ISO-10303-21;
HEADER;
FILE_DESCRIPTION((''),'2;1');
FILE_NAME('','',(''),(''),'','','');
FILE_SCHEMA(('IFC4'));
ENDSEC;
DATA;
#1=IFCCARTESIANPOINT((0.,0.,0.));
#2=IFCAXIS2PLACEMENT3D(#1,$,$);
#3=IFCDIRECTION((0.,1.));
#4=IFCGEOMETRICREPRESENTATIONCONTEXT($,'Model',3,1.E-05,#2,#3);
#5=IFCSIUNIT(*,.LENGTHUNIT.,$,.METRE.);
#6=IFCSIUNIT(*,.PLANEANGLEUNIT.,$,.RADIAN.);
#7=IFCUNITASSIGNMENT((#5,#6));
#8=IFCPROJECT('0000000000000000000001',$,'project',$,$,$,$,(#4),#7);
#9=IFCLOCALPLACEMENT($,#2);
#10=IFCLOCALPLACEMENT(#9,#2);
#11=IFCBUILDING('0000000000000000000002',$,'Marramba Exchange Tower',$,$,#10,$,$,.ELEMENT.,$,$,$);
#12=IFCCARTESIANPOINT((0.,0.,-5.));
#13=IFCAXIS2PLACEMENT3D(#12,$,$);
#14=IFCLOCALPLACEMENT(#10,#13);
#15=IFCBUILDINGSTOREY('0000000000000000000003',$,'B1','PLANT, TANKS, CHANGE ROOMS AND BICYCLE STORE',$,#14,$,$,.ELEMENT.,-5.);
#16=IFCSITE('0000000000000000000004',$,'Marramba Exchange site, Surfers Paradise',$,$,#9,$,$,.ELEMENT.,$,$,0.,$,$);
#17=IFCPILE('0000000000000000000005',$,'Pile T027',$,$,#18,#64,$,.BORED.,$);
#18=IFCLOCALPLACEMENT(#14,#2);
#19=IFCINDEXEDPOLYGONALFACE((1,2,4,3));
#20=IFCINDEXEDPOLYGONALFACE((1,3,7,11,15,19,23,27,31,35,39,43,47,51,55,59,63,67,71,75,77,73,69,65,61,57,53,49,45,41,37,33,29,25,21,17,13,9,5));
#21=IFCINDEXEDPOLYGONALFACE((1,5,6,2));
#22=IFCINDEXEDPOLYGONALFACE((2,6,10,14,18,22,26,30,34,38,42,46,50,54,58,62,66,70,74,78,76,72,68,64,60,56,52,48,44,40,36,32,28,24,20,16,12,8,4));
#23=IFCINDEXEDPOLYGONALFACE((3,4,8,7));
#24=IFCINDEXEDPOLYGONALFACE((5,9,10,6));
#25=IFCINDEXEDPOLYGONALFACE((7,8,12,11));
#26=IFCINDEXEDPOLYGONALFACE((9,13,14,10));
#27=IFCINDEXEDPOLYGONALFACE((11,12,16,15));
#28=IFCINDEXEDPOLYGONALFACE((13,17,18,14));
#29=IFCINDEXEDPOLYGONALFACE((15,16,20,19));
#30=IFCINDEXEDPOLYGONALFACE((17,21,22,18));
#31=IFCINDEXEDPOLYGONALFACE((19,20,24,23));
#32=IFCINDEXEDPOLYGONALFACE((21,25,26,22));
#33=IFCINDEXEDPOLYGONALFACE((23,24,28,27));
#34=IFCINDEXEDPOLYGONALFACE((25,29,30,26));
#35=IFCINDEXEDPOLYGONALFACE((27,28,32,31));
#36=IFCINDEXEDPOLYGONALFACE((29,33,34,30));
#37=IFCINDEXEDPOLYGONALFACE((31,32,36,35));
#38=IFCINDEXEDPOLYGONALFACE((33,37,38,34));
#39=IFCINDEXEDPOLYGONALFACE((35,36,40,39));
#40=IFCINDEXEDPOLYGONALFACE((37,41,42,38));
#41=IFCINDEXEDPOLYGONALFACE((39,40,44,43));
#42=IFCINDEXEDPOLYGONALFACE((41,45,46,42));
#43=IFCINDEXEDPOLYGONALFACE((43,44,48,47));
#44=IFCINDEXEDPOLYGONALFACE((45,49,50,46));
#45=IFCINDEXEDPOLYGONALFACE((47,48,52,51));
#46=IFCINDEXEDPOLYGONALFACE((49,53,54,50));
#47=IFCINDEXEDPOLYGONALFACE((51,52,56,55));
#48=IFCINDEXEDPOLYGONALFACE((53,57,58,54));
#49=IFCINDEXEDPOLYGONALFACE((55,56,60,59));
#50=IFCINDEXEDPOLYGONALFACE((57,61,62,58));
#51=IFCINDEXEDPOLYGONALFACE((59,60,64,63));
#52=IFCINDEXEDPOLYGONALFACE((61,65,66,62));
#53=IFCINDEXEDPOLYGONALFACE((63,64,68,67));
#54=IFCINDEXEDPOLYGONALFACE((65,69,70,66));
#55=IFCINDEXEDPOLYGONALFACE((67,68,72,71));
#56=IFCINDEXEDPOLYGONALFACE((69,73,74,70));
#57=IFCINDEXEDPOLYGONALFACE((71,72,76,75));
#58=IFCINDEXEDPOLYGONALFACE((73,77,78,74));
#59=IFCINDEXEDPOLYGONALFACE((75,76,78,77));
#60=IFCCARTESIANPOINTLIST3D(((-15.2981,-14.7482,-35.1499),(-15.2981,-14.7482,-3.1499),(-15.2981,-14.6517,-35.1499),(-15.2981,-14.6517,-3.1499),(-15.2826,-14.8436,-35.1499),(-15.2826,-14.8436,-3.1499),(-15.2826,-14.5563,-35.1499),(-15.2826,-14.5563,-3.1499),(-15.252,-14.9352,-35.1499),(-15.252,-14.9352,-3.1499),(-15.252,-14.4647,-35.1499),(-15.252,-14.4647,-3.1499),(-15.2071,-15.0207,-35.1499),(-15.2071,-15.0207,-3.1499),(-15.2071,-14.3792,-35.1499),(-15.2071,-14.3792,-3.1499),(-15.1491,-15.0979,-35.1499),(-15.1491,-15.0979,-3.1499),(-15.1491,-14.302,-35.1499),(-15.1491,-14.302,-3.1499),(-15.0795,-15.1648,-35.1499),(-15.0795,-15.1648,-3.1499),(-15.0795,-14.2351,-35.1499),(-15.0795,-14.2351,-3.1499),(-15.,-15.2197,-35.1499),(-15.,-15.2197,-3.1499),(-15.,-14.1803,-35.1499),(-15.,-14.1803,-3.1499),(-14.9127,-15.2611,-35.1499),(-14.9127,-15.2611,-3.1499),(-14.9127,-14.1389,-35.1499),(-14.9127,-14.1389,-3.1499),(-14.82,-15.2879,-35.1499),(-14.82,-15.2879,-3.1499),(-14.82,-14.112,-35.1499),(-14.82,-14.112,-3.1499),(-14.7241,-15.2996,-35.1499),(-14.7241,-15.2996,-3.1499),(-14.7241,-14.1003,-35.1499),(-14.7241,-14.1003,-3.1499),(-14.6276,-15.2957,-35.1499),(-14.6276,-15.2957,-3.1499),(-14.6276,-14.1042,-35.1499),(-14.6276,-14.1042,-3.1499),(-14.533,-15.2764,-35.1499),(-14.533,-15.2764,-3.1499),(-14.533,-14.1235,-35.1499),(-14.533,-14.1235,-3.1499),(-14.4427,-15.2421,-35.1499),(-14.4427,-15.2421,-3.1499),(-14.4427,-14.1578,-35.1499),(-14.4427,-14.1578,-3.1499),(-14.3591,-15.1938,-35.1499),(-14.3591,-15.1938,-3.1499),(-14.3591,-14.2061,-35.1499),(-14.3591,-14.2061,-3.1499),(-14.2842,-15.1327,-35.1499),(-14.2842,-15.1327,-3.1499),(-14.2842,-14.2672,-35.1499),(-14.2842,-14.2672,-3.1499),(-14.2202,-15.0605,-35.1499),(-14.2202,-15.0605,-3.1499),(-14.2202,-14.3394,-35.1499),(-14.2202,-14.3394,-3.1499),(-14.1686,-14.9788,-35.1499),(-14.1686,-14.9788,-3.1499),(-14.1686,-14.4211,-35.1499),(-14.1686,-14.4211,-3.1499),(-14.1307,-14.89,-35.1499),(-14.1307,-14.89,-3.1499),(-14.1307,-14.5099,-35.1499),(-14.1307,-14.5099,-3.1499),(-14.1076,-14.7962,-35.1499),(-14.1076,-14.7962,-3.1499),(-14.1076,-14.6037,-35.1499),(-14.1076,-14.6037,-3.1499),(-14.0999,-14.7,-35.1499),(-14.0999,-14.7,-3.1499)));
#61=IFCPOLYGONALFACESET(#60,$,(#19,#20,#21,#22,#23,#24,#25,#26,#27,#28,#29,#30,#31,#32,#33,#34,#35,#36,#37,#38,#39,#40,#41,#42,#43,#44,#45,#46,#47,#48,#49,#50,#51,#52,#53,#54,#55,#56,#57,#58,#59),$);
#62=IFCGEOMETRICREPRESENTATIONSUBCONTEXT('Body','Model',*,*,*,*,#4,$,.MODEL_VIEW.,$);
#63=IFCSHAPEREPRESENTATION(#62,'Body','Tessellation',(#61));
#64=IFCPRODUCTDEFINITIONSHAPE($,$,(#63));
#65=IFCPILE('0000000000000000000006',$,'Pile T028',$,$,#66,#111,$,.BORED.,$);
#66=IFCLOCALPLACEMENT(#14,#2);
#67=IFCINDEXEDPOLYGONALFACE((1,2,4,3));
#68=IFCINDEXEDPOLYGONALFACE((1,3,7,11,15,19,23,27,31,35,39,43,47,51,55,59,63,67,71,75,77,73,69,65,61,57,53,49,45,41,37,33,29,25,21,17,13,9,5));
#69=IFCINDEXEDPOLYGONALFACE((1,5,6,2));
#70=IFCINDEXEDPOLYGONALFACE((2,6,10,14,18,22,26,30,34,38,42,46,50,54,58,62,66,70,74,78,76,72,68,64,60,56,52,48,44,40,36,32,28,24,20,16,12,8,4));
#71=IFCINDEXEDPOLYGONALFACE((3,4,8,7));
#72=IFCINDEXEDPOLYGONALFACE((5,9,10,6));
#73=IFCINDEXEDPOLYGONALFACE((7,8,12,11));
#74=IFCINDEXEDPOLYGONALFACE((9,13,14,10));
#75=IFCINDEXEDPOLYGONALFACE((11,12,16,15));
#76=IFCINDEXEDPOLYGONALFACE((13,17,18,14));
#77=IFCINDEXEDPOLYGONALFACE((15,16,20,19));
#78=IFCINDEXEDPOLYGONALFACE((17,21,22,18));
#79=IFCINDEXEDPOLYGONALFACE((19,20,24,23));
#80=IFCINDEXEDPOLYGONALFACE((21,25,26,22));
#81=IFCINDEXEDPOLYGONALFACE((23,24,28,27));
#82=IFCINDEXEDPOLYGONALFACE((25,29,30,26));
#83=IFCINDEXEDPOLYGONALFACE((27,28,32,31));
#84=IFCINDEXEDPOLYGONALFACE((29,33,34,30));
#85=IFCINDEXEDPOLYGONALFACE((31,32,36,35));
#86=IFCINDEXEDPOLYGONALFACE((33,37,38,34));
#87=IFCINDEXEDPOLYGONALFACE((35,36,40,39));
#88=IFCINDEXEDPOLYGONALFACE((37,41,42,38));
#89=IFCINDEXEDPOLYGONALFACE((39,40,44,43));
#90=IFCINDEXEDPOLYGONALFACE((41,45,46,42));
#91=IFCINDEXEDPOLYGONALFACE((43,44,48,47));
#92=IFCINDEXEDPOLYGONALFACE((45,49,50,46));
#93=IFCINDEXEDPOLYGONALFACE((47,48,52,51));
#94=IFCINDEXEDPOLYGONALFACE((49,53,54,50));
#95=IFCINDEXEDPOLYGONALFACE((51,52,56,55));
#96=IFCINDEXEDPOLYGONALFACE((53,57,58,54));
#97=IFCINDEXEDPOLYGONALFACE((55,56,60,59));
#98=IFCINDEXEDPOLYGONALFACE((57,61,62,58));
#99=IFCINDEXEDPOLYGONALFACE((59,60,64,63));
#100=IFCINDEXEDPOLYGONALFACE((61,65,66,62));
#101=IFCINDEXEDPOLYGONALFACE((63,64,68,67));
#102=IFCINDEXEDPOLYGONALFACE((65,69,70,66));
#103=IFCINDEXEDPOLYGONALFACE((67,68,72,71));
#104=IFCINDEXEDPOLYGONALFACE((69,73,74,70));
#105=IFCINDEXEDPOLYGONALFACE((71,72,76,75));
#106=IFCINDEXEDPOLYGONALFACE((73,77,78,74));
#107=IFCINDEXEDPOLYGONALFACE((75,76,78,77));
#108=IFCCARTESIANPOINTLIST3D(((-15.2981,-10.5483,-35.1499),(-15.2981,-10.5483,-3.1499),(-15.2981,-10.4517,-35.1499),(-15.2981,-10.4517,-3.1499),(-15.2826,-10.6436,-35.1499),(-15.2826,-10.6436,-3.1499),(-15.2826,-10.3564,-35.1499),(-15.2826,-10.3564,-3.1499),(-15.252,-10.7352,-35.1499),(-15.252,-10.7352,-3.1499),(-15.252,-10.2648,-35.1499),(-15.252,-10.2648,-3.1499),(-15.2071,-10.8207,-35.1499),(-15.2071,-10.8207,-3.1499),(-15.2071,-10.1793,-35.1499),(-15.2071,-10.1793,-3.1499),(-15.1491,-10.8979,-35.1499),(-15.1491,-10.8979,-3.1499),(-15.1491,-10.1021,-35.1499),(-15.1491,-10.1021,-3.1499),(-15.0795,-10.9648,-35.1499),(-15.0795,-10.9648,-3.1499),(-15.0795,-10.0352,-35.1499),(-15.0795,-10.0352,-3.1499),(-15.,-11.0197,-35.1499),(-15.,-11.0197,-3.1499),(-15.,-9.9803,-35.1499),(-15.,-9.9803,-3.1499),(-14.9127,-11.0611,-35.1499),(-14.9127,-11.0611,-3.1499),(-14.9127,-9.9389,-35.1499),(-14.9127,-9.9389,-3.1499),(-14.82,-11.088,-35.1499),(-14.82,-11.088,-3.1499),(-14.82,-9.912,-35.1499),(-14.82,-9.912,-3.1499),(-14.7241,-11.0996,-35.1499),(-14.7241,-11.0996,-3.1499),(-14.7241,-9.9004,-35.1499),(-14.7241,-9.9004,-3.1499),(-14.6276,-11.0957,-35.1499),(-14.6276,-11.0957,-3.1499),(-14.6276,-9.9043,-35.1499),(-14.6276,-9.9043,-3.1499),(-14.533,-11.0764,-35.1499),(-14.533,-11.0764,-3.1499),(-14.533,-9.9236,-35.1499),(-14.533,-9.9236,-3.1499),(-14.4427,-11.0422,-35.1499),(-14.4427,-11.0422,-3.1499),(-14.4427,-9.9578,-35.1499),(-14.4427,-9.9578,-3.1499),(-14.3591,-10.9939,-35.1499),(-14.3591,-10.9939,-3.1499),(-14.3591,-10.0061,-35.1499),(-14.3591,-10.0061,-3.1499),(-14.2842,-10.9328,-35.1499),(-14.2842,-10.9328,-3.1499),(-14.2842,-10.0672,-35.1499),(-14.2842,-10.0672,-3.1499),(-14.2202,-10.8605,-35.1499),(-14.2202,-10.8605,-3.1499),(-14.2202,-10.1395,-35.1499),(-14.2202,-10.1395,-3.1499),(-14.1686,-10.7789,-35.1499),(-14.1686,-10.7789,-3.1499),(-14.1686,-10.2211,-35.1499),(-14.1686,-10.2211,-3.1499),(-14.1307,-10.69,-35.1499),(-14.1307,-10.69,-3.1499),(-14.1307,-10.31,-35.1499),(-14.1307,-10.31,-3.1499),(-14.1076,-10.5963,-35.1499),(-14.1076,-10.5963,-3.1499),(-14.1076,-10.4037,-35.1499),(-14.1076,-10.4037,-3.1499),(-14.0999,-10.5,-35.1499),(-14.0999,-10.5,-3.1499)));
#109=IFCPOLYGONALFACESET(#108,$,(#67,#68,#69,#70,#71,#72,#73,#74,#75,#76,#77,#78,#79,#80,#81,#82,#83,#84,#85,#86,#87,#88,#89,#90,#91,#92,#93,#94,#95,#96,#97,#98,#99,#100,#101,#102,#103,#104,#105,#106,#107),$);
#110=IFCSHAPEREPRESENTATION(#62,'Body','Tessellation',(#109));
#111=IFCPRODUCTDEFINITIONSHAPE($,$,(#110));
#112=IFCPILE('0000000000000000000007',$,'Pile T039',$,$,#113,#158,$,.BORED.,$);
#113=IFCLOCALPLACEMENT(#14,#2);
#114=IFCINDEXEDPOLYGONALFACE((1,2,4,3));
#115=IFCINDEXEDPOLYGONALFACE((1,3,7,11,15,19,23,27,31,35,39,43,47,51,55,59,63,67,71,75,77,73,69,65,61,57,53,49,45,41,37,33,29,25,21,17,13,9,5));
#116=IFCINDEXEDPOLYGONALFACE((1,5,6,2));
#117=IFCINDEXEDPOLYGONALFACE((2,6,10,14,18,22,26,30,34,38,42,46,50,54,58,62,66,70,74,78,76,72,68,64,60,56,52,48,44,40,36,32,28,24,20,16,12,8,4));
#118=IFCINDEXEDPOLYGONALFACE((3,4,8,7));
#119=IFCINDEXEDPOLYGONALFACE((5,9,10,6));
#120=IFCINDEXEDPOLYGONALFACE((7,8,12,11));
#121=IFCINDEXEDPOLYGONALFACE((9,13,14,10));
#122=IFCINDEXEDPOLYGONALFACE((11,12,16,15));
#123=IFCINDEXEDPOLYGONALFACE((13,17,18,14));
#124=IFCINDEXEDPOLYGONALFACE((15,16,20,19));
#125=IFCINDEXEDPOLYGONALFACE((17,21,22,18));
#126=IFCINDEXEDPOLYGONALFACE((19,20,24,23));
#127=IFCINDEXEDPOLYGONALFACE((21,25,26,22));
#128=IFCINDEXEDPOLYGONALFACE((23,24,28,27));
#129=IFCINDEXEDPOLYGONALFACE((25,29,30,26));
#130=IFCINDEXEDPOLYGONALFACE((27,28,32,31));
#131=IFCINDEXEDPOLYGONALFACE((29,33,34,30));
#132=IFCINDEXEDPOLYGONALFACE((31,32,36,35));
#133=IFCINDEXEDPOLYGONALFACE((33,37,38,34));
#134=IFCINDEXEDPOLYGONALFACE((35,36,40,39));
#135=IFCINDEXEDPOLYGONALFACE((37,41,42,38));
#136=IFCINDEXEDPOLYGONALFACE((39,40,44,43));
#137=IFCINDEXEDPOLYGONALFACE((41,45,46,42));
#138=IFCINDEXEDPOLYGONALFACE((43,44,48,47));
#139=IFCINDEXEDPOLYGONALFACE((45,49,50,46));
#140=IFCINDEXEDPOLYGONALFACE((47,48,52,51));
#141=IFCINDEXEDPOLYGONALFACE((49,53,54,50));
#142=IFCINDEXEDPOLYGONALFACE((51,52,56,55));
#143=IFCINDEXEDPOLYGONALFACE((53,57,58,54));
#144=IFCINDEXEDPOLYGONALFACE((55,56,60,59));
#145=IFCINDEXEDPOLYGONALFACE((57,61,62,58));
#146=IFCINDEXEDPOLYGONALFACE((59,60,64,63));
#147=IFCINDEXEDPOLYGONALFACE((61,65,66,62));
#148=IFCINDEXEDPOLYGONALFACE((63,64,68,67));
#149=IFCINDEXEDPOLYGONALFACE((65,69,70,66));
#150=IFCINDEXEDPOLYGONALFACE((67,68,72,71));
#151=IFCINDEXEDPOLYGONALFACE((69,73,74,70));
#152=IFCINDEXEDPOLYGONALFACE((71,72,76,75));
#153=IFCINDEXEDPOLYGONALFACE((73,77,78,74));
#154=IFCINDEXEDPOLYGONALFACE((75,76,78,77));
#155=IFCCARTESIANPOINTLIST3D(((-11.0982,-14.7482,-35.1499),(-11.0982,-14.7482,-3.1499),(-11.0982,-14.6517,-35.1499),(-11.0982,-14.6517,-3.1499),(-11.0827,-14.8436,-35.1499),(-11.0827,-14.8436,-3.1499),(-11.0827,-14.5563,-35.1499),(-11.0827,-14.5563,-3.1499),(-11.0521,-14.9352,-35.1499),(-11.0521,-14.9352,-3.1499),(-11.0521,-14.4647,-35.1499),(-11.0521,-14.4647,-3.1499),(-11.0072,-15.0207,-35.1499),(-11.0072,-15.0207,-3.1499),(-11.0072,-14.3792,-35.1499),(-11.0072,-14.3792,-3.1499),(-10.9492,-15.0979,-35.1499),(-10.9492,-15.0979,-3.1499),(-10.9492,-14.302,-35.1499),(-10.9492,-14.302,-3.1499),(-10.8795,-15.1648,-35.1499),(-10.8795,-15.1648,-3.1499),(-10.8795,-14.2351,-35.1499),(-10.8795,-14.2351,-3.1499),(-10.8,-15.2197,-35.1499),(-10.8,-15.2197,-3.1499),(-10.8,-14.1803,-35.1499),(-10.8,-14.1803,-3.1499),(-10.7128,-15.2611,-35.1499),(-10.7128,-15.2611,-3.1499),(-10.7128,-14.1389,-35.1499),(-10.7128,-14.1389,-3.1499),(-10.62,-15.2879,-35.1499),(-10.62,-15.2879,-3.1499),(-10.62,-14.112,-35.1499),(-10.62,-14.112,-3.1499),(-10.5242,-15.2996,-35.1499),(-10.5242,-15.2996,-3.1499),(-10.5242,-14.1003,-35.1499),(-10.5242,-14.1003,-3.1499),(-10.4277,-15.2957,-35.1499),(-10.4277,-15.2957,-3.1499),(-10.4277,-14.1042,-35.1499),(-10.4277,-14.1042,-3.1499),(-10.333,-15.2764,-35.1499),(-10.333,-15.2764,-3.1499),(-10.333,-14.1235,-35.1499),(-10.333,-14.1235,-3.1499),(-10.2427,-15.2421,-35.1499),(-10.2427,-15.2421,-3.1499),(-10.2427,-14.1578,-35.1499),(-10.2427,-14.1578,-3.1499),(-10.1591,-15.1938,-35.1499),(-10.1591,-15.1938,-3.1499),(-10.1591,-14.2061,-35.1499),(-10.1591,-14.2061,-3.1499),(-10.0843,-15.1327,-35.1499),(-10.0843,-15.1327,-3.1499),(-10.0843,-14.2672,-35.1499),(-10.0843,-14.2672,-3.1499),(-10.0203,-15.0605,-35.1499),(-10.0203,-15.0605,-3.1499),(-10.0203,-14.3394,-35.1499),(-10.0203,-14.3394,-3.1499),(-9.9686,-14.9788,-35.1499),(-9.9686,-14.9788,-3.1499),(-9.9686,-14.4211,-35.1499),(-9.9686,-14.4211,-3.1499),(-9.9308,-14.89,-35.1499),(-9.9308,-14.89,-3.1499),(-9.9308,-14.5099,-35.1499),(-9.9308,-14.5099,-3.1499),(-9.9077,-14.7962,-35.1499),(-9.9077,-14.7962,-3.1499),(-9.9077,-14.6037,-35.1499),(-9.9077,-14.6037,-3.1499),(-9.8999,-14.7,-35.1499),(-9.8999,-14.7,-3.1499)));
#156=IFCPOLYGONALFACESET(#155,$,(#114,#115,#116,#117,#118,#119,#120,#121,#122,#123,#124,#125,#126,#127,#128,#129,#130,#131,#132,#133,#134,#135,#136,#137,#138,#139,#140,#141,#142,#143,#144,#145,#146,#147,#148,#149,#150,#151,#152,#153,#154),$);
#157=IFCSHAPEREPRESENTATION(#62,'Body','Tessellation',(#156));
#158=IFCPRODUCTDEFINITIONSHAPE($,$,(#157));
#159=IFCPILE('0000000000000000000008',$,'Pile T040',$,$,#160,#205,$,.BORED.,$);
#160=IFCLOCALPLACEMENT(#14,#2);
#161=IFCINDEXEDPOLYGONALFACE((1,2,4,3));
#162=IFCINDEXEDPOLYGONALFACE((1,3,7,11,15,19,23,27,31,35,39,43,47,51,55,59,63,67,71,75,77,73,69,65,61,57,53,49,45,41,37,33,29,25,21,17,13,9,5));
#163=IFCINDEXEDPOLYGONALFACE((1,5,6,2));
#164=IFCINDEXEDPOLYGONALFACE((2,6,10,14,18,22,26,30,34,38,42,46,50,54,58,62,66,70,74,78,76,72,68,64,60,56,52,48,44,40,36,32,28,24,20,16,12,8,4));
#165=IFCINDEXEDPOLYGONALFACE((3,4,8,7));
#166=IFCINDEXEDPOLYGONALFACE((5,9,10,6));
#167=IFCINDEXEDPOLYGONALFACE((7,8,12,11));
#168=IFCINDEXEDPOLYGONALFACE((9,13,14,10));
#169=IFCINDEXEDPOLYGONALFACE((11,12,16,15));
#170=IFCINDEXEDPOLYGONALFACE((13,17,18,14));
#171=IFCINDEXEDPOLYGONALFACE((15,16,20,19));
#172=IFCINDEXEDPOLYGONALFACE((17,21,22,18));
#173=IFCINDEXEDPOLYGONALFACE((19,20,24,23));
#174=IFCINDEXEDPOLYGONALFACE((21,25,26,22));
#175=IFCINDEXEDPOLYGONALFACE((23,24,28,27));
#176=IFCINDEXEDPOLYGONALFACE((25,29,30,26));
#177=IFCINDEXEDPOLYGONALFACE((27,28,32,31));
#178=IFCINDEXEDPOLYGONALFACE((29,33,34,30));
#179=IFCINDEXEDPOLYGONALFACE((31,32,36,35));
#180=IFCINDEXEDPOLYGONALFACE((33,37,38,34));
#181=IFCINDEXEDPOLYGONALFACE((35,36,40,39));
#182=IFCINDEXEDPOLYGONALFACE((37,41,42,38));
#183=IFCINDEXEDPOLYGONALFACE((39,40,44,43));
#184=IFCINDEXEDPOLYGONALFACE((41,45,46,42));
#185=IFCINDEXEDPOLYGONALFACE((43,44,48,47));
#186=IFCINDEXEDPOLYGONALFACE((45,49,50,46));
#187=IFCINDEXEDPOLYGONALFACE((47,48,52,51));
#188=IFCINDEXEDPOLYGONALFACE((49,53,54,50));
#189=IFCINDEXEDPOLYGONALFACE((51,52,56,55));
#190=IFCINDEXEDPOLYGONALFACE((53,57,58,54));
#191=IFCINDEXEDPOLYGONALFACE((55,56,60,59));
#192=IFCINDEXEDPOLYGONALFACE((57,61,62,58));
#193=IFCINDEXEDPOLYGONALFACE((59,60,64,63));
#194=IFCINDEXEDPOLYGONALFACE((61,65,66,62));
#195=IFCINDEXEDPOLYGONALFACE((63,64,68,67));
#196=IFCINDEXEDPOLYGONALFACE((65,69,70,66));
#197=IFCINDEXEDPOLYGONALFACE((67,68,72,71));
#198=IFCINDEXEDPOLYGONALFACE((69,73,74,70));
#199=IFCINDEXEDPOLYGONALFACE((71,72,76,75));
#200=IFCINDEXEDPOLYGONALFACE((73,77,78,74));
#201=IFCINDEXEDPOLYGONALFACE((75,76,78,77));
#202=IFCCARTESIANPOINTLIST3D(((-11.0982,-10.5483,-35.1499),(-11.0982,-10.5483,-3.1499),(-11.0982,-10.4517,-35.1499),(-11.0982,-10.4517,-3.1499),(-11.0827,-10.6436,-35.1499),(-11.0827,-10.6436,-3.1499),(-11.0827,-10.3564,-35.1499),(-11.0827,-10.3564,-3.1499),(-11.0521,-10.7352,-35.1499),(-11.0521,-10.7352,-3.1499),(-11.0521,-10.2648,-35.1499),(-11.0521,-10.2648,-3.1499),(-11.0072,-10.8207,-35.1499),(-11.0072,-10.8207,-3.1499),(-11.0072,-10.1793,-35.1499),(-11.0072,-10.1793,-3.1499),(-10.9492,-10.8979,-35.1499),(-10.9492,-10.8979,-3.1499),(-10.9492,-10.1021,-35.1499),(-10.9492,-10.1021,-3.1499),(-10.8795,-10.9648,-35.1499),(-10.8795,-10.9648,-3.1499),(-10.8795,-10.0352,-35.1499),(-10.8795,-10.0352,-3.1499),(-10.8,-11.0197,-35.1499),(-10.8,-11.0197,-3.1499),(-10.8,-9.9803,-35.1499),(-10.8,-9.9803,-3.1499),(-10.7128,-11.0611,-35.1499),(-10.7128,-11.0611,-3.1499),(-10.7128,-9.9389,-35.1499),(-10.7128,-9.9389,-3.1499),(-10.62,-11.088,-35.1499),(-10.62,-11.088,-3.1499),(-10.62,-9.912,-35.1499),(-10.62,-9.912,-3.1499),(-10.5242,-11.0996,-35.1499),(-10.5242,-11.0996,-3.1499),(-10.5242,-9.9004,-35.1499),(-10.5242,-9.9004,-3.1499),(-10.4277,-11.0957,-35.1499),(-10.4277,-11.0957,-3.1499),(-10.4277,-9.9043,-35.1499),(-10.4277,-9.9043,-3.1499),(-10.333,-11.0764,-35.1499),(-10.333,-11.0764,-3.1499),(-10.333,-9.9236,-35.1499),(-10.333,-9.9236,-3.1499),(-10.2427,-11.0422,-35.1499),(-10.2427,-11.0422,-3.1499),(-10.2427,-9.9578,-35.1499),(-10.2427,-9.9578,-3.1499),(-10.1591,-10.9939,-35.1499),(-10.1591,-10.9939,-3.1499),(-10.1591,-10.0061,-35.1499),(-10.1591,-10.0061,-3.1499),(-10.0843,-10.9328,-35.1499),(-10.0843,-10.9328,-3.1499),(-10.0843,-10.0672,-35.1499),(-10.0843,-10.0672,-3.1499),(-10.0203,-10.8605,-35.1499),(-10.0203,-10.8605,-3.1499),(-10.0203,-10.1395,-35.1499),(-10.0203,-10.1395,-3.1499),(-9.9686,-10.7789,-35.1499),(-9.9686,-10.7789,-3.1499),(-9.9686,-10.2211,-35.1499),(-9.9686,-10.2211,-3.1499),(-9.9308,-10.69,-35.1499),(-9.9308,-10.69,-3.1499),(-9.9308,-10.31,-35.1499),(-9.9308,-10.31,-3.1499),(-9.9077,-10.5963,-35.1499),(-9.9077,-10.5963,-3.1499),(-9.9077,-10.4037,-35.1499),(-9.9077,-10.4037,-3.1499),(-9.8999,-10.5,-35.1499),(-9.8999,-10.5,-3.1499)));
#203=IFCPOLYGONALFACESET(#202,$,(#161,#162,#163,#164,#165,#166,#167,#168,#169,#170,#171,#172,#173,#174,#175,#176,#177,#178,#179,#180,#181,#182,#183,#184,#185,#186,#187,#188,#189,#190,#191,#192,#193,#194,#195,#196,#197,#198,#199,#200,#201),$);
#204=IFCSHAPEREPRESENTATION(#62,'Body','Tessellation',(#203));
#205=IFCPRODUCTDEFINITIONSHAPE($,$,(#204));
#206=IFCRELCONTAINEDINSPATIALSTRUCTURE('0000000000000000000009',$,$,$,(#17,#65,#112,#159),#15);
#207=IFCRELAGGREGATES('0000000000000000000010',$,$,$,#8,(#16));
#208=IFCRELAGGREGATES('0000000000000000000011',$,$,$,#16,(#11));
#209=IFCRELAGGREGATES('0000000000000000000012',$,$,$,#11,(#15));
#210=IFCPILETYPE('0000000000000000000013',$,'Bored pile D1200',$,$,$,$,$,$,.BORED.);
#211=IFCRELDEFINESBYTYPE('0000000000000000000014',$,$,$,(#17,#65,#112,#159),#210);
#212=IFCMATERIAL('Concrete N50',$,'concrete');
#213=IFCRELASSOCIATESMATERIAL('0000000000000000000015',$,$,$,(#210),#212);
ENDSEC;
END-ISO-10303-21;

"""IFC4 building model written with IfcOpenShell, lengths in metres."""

from ifc_helpers import new_model, si_unit, direction, frame, origin, origin_2d, place, context, subcontext, project, spatial, circle, extrude, material, material_profile, profile_set, type_object, element, save


model = new_model("IFC4")

# Units and contexts
model_context = context("Model", 3, precision=1e-05, world=origin(), true_north=direction((0.0, 1.0)))
body_context = subcontext(model_context, "Body", "Model", "MODEL_VIEW")
ifc_project = project(units=[si_unit("LENGTHUNIT", "METRE"), si_unit("PLANEANGLEUNIT", "RADIAN")], contexts=[model_context])

# Site, building, storey
site_placement = place(None, origin())
site = spatial("IfcSite", under=ifc_project, at=site_placement, Name="Marramba Exchange site, Surfers Paradise", CompositionType="ELEMENT", RefElevation=0.0)
building_placement = place(site_placement, origin())
building = spatial("IfcBuilding", under=site, at=building_placement, Name="Marramba Exchange Tower", CompositionType="ELEMENT")
storey_placement = place(building_placement, frame((0.0, 0.0, -5.0)))
storey = spatial("IfcBuildingStorey", under=building, at=storey_placement, Name="B1", Description="PLANT, TANKS, CHANGE ROOMS AND BICYCLE STORE", CompositionType="ELEMENT", Elevation=-5.0)

# Piles
ifc_material_1 = material(Name="Concrete N50", Category="concrete")
ifc_material_profile_1 = material_profile(ifc_material_1, circle(Radius=0.6001, at=origin_2d()), Name="BP D1200")
ifc_profile_set_1 = profile_set([ifc_material_profile_1], Name="Concrete N50")
pile_type = type_object("IfcPileType", Name="Bored pile D1200", PredefinedType="BORED", material=ifc_profile_set_1)
for number, where, z_axis, x_axis, name in (
    (1, (-14.7, -14.7, -3.1499), (0.0, 0.0, -1.0), (1.0, 0.0, 0.0), "Pile T027"),
    (2, (-14.7, -10.5, -3.1499), (0.0, 0.0, -1.0), (1.0, 0.0, 0.0), "Pile T028"),
    (3, (-10.5, -14.7, -3.1499), (0.0, 0.0, -1.0), (1.0, 0.0, 0.0), "Pile T039"),
    (4, (-10.5, -10.5, -3.1499), (0.0, 0.0, -1.0), (1.0, 0.0, 0.0), "Pile T040"),
):
    element("IfcPile", number, at=place(storey_placement, frame(where, z_axis=z_axis, x_axis=x_axis)), inside=storey, type_object=pile_type, Name=name, PredefinedType="BORED", context=body_context, shape_type="SweptSolid", body=[
        extrude(circle(Radius=0.6001, at=origin_2d()), origin(), (0.0, 0.0, 1.0), 32.0),
    ])

save(model, "model.ifc")
